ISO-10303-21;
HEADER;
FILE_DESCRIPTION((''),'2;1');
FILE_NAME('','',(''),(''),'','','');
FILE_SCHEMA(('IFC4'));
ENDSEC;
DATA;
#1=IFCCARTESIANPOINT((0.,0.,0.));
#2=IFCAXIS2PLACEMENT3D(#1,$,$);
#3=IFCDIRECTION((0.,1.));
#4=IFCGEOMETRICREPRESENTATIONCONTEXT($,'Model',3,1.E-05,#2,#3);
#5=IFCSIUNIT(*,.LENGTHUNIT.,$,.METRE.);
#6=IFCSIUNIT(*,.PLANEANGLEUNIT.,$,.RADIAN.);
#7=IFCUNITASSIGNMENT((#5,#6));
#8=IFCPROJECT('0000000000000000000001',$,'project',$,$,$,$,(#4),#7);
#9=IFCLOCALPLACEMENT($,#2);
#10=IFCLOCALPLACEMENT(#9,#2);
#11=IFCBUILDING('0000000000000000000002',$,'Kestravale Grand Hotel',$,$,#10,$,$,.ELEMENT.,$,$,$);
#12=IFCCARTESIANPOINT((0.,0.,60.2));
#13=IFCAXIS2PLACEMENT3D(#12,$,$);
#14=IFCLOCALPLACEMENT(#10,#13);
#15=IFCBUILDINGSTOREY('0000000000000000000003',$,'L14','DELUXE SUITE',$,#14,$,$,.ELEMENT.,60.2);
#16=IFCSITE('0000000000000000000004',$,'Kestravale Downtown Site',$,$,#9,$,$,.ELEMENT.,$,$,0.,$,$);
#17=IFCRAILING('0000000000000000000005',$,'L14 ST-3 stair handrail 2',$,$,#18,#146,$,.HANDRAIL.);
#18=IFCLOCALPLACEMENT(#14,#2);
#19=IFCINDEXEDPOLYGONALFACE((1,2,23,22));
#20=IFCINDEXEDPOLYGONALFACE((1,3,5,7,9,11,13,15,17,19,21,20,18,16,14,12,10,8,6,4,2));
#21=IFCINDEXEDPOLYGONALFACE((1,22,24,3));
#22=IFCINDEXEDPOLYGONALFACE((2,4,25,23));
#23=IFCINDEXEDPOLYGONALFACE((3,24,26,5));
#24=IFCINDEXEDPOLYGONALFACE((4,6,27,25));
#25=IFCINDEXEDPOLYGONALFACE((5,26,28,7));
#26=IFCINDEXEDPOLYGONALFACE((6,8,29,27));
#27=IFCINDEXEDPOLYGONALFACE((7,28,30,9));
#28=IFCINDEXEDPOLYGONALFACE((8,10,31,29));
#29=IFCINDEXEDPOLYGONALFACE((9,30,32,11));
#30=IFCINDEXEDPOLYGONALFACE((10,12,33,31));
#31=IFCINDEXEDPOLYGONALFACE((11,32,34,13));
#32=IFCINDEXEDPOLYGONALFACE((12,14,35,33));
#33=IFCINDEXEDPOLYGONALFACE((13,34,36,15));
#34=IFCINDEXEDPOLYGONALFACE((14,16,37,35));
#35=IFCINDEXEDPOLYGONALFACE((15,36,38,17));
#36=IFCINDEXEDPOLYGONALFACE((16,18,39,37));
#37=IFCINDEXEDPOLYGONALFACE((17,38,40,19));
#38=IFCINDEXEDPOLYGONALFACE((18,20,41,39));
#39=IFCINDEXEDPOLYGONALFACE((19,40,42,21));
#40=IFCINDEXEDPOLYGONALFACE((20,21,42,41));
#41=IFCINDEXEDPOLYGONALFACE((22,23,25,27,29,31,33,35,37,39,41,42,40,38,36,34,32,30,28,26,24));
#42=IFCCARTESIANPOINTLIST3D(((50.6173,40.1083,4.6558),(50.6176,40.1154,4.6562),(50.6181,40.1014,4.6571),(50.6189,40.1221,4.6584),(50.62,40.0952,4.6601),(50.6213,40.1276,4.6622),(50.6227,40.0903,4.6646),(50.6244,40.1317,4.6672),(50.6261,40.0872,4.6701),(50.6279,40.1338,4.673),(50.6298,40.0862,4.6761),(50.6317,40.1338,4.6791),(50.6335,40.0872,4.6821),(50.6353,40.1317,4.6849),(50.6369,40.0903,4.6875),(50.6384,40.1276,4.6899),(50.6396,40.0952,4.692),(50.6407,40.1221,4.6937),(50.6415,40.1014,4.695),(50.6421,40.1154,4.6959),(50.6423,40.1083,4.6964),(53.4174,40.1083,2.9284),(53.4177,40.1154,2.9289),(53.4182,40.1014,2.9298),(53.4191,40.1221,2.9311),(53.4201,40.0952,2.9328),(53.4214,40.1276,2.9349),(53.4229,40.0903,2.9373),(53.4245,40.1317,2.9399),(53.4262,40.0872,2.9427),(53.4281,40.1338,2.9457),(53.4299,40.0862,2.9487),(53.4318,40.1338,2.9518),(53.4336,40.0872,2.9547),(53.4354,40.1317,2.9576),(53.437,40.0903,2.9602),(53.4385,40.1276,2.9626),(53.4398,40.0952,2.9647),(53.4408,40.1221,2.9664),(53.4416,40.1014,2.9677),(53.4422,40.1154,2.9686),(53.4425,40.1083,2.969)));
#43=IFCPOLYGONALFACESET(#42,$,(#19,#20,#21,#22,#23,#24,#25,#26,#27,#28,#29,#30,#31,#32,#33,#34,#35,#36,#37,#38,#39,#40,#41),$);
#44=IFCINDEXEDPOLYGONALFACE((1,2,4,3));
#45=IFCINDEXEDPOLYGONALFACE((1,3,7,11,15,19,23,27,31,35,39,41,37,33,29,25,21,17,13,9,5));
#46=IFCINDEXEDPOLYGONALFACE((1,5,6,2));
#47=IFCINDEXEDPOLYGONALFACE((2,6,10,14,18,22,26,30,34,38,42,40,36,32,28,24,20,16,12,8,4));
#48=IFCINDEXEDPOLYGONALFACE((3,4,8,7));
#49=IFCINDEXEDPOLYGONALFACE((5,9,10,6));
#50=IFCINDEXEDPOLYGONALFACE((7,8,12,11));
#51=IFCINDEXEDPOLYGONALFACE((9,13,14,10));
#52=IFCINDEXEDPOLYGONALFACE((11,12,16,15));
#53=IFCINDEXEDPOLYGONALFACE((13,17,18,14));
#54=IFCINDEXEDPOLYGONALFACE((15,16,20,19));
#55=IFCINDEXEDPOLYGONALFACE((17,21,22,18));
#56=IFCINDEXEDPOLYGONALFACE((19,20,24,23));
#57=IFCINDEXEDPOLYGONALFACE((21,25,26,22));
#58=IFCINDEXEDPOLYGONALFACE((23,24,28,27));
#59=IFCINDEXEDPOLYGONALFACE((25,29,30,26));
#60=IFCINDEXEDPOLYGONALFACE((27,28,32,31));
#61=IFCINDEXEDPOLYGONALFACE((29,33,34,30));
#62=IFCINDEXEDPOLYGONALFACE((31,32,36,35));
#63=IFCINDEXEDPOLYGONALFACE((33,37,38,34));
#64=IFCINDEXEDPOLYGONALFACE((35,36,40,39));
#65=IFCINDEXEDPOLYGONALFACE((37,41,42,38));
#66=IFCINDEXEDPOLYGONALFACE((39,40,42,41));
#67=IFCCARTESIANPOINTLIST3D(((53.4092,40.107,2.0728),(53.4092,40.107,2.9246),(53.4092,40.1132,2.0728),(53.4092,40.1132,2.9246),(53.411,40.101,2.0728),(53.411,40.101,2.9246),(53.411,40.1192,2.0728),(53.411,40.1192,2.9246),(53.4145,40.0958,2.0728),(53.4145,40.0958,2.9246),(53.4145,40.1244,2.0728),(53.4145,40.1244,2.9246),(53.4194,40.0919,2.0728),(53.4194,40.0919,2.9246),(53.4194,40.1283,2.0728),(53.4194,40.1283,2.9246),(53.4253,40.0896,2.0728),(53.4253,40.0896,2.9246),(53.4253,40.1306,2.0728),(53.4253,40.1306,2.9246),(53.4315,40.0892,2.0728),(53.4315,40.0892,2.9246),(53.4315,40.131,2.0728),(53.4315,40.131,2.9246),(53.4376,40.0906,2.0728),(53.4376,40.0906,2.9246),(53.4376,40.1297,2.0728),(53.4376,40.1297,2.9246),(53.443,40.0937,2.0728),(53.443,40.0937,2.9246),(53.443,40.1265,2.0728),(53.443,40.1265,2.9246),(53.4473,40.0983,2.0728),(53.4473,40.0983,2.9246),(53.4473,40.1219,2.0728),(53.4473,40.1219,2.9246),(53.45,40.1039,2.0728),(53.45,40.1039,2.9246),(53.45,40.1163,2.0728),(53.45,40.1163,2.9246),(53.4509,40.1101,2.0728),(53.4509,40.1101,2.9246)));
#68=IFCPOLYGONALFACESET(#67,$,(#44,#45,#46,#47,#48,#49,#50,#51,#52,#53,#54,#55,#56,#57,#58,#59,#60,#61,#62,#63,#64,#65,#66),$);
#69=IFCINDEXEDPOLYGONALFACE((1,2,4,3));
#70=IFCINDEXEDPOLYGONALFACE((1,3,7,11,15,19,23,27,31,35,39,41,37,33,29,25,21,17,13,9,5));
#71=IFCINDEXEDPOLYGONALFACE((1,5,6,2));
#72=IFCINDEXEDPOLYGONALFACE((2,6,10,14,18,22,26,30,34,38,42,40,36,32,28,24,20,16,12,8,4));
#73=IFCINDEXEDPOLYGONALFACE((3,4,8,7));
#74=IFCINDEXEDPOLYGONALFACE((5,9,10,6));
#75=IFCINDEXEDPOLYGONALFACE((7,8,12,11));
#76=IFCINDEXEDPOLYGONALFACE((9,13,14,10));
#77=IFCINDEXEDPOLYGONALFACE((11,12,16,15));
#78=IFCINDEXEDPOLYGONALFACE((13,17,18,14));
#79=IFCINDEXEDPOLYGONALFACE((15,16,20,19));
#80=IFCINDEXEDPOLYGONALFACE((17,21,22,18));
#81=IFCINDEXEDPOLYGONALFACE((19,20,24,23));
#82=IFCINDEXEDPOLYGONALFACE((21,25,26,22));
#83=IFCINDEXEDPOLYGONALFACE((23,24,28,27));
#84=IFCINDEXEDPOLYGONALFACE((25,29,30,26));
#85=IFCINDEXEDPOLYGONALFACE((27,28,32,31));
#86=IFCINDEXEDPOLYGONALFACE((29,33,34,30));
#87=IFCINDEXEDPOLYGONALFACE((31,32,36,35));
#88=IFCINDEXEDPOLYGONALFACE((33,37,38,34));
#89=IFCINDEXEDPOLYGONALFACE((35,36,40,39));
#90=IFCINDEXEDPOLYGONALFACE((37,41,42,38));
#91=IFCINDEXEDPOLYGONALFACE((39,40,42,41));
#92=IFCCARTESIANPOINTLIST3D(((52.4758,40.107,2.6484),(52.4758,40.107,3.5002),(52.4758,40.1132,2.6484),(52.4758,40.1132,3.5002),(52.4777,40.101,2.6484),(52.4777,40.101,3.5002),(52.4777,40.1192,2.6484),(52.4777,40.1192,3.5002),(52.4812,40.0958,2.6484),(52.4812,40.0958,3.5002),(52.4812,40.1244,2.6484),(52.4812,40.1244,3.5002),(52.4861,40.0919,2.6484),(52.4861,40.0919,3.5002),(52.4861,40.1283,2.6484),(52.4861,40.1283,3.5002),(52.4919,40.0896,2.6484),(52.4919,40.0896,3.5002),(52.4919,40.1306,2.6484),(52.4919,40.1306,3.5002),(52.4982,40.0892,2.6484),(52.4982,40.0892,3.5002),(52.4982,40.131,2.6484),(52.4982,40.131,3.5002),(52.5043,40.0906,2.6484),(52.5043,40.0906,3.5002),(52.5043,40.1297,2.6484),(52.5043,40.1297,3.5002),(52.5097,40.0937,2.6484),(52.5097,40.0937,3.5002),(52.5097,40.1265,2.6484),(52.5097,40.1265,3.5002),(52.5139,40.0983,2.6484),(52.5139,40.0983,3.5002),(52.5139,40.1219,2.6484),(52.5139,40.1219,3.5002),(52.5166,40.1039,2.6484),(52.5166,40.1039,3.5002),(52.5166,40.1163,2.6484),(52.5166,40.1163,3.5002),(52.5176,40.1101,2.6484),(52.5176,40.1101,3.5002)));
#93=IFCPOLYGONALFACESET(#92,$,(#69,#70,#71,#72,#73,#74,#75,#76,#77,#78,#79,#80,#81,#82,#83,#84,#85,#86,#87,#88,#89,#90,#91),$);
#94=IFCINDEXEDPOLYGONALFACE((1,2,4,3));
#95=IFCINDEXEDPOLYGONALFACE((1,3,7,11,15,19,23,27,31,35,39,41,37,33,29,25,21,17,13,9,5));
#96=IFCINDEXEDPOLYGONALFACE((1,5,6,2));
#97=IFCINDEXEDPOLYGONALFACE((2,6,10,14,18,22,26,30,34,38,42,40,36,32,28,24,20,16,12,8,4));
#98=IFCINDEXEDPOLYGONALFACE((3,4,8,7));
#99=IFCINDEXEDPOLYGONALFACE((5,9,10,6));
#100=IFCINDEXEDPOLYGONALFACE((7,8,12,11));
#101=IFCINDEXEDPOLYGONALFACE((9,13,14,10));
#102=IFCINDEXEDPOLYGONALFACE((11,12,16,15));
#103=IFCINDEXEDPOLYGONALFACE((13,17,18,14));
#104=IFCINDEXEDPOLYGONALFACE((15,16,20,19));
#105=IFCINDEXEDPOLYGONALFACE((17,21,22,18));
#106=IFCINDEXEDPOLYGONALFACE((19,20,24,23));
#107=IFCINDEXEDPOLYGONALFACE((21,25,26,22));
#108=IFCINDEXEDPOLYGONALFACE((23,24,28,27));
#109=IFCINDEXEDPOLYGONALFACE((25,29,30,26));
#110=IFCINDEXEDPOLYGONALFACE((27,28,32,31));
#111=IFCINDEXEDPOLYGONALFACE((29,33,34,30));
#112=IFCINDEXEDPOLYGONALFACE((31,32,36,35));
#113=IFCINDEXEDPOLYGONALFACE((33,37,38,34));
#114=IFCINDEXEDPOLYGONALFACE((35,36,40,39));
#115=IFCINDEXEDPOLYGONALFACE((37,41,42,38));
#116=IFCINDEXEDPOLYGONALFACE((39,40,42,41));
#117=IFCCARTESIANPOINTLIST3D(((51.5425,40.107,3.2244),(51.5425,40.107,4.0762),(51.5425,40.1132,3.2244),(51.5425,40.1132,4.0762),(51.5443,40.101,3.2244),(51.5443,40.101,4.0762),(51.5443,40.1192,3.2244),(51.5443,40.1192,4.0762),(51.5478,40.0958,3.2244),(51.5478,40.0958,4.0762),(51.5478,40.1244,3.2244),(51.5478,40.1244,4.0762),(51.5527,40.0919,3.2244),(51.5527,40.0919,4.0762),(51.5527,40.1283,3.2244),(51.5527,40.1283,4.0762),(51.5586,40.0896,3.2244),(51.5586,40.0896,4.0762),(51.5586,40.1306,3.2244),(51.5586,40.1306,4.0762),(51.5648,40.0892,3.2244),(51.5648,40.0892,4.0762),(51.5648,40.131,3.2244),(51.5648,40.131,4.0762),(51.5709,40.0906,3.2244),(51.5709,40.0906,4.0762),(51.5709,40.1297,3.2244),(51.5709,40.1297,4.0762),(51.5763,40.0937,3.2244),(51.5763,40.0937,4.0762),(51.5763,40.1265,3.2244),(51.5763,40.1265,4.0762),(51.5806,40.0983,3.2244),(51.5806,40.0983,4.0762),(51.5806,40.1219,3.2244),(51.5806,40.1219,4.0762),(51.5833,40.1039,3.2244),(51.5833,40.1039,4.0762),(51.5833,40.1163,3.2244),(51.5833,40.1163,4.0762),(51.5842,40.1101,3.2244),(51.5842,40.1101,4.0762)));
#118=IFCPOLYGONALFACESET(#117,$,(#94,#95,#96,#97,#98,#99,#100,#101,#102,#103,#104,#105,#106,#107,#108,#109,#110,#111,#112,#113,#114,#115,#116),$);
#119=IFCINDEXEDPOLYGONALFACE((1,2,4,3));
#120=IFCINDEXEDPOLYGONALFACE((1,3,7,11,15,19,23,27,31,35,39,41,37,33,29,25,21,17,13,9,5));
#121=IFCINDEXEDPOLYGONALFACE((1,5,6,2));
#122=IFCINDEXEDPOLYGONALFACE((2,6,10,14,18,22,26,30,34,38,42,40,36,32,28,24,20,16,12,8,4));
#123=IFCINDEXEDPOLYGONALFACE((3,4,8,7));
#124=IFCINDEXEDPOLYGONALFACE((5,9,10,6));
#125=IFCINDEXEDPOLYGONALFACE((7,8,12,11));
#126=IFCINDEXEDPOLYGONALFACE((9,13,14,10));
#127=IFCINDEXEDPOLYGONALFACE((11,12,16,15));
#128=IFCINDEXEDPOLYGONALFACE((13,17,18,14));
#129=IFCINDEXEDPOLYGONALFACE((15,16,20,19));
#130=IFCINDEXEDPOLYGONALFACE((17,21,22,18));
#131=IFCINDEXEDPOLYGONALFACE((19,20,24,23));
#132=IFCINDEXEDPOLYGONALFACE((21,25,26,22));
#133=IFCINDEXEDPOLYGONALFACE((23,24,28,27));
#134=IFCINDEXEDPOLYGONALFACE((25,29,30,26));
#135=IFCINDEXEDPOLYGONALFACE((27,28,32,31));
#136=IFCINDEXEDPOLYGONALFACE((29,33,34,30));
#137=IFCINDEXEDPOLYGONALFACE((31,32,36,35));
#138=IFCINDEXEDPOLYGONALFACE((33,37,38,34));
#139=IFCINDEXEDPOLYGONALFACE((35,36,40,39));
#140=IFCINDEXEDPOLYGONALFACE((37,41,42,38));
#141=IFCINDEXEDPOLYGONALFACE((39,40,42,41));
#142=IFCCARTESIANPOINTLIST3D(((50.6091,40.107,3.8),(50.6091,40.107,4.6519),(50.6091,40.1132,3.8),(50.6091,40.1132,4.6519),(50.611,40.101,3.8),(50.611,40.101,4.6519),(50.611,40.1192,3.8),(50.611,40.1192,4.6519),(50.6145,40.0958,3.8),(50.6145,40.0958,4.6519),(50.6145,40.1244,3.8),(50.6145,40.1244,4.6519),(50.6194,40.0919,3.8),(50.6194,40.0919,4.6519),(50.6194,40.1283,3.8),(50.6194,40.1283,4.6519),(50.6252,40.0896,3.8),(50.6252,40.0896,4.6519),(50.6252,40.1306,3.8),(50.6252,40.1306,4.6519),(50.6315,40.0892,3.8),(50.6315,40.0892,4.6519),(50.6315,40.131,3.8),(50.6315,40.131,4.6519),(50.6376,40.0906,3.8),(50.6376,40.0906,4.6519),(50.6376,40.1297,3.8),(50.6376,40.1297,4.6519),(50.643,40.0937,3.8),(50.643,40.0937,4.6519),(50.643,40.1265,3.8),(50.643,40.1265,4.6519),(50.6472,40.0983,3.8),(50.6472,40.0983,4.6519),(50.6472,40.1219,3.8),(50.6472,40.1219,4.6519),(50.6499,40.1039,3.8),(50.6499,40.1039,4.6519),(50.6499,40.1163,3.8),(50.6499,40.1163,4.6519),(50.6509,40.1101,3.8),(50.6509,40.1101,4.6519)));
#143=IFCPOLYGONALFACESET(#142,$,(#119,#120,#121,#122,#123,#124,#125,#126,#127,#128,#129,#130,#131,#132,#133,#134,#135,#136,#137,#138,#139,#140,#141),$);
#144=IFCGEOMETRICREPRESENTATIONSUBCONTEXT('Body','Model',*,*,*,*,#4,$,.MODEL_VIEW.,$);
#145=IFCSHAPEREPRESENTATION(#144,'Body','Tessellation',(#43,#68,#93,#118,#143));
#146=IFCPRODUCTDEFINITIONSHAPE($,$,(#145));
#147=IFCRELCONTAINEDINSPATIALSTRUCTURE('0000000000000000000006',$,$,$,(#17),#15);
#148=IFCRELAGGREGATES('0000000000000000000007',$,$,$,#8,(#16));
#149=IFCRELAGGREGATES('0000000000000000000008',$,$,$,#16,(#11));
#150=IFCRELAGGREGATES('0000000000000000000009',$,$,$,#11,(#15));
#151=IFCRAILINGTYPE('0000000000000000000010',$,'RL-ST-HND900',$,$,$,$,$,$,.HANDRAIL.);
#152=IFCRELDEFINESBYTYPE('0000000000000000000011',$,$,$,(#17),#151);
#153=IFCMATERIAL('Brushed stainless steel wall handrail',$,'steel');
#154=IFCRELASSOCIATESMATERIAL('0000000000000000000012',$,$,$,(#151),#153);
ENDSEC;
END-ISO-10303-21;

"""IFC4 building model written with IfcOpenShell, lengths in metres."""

from ifc_helpers import new_model, si_unit, direction, frame, origin, origin_2d, place, context, subcontext, project, spatial, circle, extrude, material, type_object, element, save


model = new_model("IFC4")

# Units and contexts
model_context = context("Model", 3, precision=1e-05, world=origin(), true_north=direction((0.0, 1.0)))
body_context = subcontext(model_context, "Body", "Model", "MODEL_VIEW")
ifc_project = project(units=[si_unit("LENGTHUNIT", "METRE"), si_unit("PLANEANGLEUNIT", "RADIAN")], contexts=[model_context])

# Site, building, storey
site_placement = place(None, origin())
site = spatial("IfcSite", under=ifc_project, at=site_placement, Name="Kestravale Downtown Site", CompositionType="ELEMENT", RefElevation=0.0)
building_placement = place(site_placement, origin())
building = spatial("IfcBuilding", under=site, at=building_placement, Name="Kestravale Grand Hotel", CompositionType="ELEMENT")
storey_placement = place(building_placement, frame((0.0, 0.0, 60.2)))
storey = spatial("IfcBuildingStorey", under=building, at=storey_placement, Name="L14", Description="DELUXE SUITE", CompositionType="ELEMENT", Elevation=60.2)

# Railing
ifc_material_1 = material(Name="Brushed stainless steel wall handrail", Category="steel")
railing_type_1 = type_object("IfcRailingType", Name="RL-ST-HND900", PredefinedType="HANDRAIL", material=ifc_material_1)
railing_1_placement = place(storey_placement, frame((53.4299, 40.1101, 2.0728)))
element("IfcRailing", 1, at=railing_1_placement, inside=storey, type_object=railing_type_1, Name="L14 ST-3 stair handrail 2", PredefinedType="HANDRAIL", context=body_context, shape_type="SweptSolid", body=[
    extrude(circle(Radius=0.0239, at=origin_2d()), frame((0.0, 0.0, 0.876), z_axis=(-0.85109, 0.0, 0.52502), x_axis=(0.0, -1.0, 0.0)), (0.0, 0.0, 1.0), 3.29),
    extrude(circle(Radius=0.021, at=origin_2d()), origin(), (0.0, 0.0, 1.0), 0.8518),
    extrude(circle(Radius=0.021, at=origin_2d()), frame((-0.9333, 0.0, 0.5757)), (0.0, 0.0, 1.0), 0.8518),
    extrude(circle(Radius=0.021, at=origin_2d()), frame((-1.8667, 0.0, 1.1516)), (0.0, 0.0, 1.0), 0.8518),
    extrude(circle(Radius=0.021, at=origin_2d()), frame((-2.8, 0.0, 1.7273)), (0.0, 0.0, 1.0), 0.8518),
])

save(model, "model.ifc")
